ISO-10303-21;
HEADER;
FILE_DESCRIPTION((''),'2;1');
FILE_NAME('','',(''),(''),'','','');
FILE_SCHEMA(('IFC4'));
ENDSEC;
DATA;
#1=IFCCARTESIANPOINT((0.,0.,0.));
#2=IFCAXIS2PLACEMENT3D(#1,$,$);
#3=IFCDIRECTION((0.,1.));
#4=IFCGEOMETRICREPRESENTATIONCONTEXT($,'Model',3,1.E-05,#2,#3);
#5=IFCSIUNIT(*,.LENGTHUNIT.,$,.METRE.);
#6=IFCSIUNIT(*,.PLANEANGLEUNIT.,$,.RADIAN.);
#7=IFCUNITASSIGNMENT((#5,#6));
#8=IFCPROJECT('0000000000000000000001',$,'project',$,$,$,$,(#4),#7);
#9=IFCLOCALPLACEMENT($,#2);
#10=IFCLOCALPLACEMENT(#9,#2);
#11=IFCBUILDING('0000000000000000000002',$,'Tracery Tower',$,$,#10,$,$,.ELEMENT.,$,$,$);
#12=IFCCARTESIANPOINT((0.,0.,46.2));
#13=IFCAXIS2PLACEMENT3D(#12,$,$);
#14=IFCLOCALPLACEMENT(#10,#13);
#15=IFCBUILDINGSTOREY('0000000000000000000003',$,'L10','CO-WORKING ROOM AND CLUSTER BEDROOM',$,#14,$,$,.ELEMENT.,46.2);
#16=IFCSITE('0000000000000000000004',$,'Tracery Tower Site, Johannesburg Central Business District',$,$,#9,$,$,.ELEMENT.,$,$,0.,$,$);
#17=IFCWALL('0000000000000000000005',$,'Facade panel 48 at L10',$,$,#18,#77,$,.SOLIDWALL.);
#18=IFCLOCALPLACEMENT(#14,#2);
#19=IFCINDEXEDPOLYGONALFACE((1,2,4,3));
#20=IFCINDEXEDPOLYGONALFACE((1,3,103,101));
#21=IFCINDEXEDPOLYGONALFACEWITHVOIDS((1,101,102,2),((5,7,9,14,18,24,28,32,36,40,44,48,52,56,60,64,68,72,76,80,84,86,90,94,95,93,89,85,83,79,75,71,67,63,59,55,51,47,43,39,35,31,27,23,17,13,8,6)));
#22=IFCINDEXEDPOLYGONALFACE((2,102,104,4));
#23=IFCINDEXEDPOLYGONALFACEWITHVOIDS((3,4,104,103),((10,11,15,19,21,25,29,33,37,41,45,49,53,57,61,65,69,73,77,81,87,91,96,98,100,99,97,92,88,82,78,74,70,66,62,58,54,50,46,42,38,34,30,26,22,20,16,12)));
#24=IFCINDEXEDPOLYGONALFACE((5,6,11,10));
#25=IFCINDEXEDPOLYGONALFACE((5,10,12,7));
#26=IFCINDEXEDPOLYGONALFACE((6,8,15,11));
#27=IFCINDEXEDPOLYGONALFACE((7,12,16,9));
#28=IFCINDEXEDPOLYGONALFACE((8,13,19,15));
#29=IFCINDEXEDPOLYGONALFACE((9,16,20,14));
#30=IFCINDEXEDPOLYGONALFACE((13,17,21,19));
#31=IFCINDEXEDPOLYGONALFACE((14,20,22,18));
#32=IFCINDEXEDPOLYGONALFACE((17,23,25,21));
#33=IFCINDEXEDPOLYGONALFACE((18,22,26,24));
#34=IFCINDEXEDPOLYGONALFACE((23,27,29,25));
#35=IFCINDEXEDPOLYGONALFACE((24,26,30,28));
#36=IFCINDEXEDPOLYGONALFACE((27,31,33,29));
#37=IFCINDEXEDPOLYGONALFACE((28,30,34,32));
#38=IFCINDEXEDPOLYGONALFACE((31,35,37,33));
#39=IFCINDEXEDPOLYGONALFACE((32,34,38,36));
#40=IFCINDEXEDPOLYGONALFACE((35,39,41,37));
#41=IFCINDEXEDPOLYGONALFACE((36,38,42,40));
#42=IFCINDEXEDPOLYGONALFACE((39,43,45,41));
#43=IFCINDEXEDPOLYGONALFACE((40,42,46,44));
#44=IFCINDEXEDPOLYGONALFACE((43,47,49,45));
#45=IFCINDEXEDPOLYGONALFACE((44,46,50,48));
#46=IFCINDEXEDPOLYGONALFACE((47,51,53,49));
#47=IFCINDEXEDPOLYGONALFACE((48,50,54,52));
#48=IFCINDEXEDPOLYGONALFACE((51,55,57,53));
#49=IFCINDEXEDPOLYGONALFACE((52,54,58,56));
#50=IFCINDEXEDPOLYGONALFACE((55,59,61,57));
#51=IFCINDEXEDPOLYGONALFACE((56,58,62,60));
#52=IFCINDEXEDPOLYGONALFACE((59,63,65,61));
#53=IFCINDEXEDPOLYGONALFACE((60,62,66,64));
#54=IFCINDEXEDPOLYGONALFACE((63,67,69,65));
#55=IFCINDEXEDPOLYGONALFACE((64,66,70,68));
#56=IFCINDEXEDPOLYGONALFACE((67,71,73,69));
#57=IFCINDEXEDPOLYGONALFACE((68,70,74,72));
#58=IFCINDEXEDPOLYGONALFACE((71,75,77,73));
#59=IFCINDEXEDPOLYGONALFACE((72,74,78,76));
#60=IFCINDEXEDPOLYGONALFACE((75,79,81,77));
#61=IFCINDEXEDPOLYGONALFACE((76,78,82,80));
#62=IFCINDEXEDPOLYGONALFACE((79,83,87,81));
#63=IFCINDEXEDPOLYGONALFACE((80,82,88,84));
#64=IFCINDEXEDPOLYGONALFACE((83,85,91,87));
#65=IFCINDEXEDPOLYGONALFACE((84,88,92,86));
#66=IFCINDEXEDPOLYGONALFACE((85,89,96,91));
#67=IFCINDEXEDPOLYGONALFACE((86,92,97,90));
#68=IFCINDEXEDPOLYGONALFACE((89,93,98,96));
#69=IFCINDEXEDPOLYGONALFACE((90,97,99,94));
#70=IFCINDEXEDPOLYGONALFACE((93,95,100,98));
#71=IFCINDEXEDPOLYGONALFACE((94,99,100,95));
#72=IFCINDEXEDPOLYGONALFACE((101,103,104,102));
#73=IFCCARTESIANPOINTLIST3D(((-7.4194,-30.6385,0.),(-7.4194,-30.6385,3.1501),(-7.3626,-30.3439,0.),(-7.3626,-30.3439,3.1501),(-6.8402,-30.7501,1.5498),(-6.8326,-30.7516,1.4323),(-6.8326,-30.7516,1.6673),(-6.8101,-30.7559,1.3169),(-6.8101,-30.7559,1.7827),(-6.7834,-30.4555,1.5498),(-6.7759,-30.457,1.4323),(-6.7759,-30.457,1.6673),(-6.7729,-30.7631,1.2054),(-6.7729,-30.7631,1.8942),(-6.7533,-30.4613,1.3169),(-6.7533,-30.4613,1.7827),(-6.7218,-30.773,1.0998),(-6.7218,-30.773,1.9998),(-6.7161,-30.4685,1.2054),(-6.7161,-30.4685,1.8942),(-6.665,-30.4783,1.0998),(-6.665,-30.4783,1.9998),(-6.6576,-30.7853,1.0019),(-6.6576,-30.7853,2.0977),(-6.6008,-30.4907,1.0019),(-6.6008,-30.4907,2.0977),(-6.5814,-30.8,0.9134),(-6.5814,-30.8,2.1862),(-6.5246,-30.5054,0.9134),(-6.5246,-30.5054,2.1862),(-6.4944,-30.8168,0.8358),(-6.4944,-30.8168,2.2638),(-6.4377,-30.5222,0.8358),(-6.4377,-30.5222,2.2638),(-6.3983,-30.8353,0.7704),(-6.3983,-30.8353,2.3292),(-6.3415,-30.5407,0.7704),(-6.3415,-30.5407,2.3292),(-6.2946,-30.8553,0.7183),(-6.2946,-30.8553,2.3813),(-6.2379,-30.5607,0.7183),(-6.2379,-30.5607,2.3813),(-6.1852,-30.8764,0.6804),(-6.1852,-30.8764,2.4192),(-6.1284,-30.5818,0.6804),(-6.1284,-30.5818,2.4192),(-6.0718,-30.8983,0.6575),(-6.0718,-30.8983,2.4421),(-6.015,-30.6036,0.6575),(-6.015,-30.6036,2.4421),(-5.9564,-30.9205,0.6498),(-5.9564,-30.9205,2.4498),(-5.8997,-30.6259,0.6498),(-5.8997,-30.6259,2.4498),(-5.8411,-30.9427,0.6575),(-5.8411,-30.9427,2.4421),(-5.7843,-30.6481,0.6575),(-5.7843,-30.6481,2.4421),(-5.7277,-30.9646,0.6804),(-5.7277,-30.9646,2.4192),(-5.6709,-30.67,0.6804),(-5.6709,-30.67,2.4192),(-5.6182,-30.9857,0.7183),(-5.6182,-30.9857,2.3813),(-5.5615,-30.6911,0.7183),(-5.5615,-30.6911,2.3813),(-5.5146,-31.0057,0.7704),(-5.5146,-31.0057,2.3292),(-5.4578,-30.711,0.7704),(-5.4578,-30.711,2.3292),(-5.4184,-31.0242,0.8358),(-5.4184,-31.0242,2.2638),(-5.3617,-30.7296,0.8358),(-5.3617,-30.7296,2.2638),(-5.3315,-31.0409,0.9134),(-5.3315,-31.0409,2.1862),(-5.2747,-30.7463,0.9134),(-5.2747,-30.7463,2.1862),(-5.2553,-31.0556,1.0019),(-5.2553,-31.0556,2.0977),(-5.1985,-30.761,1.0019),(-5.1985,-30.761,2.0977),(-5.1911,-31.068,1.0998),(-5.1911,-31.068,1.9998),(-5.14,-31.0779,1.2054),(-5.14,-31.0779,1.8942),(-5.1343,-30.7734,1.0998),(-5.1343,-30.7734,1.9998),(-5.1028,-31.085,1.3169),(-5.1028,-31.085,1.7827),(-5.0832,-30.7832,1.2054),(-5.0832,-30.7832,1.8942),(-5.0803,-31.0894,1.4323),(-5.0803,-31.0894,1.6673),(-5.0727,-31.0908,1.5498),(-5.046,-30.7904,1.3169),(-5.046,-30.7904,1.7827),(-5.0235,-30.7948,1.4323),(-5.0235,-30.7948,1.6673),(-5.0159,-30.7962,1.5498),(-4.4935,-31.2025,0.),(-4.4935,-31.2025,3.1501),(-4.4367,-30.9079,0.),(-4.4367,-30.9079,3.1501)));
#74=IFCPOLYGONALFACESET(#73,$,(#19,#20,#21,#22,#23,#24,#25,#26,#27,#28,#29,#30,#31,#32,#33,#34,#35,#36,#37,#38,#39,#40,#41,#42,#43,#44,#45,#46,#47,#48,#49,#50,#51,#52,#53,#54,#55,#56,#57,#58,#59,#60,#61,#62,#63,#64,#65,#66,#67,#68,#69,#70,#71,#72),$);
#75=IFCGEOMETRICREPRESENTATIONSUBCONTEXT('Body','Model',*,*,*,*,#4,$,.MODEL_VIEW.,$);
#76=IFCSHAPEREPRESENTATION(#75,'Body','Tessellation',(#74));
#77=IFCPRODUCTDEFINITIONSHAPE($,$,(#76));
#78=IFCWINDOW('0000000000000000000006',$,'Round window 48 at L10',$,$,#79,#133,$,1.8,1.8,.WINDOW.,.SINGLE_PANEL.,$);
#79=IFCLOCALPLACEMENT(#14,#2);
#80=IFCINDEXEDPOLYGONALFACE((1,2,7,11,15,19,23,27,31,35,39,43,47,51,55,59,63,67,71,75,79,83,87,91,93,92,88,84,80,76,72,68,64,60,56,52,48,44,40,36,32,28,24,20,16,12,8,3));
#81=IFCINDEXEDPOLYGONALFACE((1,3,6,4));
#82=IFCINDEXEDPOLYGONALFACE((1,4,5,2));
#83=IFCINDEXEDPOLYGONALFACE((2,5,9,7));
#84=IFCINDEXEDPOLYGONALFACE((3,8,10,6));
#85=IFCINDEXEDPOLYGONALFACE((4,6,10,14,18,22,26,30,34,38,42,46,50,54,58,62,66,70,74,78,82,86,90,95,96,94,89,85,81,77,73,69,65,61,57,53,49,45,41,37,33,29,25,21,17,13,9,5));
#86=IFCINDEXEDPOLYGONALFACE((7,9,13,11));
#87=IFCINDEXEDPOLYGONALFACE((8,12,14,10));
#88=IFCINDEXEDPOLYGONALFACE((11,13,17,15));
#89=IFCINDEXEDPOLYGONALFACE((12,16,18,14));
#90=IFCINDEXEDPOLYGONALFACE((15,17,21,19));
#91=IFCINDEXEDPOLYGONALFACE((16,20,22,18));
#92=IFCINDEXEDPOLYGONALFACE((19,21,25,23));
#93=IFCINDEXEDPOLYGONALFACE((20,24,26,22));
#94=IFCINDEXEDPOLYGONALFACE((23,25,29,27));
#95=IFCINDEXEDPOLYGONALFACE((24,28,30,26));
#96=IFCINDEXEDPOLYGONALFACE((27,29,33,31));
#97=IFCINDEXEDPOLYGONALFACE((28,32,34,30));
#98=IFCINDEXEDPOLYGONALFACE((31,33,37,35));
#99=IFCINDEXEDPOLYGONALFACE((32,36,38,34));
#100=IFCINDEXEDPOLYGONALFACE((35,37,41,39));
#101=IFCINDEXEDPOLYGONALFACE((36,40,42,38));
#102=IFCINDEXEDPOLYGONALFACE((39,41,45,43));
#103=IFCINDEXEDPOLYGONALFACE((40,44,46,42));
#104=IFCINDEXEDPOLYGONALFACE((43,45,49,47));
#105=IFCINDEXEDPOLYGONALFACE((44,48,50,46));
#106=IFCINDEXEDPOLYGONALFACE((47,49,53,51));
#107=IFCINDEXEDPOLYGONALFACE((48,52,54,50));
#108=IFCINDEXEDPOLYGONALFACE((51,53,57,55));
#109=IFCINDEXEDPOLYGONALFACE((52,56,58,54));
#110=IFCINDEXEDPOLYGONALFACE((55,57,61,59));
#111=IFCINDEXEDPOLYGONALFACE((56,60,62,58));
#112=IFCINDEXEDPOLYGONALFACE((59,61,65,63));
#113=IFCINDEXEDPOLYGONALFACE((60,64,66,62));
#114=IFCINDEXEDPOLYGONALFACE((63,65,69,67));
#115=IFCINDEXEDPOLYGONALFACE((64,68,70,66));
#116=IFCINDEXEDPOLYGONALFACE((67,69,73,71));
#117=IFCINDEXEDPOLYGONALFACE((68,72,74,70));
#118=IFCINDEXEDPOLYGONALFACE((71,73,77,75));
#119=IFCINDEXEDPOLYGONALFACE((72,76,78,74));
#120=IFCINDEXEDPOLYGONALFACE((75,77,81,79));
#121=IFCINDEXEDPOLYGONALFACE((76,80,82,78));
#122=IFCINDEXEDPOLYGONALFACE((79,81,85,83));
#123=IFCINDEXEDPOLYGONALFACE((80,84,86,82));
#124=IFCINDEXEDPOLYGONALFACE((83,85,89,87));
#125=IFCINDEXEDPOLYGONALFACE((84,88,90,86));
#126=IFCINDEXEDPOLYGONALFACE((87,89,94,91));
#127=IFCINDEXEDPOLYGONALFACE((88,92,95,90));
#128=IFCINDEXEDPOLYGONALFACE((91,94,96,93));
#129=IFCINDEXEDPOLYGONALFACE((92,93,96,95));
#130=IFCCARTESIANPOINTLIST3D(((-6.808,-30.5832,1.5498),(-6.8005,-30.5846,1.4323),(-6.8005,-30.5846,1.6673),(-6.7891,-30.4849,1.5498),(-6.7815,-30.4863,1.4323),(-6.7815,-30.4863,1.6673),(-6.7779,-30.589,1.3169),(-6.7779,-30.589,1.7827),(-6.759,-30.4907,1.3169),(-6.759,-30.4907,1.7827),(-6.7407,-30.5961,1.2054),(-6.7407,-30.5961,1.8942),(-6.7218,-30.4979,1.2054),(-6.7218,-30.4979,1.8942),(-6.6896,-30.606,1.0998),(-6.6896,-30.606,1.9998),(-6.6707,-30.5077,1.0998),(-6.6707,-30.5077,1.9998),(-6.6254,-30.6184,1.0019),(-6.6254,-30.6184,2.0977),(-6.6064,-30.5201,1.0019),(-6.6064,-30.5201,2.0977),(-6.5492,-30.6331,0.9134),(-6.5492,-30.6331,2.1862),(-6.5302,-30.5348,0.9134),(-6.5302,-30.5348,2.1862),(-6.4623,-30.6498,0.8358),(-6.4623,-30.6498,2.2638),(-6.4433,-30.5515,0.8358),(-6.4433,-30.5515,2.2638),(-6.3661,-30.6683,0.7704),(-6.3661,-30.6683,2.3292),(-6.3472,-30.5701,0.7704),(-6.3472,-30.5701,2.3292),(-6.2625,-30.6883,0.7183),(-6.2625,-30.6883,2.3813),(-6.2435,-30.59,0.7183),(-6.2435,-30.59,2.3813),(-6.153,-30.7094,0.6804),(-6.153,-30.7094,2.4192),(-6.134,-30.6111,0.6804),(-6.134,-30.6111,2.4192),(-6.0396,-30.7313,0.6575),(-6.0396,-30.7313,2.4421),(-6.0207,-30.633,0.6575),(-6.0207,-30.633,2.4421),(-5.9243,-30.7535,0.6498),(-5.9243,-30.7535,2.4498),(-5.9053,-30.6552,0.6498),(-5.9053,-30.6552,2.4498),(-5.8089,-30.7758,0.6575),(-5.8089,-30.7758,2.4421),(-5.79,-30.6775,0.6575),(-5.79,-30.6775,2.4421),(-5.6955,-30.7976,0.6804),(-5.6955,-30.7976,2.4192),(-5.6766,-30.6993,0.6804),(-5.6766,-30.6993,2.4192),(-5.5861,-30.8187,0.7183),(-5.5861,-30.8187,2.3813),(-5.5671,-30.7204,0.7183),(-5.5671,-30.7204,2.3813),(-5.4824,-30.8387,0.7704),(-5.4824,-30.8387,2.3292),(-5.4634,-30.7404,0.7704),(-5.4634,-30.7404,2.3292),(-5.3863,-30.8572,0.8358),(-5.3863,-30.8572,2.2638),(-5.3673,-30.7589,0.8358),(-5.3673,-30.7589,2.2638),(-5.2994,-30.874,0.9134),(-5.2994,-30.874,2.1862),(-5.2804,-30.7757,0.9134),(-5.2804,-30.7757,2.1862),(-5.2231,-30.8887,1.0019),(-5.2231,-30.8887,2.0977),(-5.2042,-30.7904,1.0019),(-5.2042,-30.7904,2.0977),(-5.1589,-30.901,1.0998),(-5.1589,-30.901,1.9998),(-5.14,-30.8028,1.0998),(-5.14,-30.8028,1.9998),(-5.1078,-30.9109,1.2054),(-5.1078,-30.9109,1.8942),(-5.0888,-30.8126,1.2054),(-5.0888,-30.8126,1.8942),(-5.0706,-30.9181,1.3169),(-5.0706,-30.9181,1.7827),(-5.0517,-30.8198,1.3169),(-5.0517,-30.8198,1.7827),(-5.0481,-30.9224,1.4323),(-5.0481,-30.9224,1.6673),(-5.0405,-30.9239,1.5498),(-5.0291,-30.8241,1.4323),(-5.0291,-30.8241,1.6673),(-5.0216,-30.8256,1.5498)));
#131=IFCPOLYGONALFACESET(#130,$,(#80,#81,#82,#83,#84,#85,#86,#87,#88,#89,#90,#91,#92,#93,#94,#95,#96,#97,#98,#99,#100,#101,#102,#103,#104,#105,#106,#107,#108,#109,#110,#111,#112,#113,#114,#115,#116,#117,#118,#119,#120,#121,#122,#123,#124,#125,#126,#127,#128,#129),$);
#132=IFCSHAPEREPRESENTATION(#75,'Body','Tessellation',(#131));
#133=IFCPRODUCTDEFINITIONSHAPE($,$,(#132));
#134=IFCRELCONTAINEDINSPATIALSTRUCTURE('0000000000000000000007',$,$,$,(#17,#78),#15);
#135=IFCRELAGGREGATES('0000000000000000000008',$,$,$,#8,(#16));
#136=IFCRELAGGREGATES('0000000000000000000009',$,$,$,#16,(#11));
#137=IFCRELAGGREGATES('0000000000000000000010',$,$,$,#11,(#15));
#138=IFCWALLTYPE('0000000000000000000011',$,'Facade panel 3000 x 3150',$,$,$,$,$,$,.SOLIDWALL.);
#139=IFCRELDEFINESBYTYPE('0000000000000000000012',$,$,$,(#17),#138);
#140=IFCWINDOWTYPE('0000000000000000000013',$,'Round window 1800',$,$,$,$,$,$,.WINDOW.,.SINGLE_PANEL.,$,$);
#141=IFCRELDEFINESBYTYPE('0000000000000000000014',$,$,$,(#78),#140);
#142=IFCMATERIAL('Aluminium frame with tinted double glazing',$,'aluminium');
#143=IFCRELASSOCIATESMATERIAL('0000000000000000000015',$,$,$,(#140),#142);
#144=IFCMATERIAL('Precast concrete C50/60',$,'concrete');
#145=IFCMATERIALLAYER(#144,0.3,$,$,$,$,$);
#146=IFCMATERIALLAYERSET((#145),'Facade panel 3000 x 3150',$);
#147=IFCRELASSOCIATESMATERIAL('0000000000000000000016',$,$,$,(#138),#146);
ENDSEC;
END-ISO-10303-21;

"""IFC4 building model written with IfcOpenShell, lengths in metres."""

from ifc_helpers import new_model, si_unit, direction, frame, frame_2d, origin, origin_2d, place, context, subcontext, project, spatial, rectangle, circle, extrude, material, layer, layer_set, type_object, element, fill, save


model = new_model("IFC4")

# Units and contexts
model_context = context("Model", 3, precision=1e-05, world=origin(), true_north=direction((0.0, 1.0)))
body_context = subcontext(model_context, "Body", "Model", "MODEL_VIEW")
ifc_project = project(units=[si_unit("LENGTHUNIT", "METRE"), si_unit("PLANEANGLEUNIT", "RADIAN")], contexts=[model_context])

# Site, building, storey
site_placement = place(None, origin())
site = spatial("IfcSite", under=ifc_project, at=site_placement, Name="Tracery Tower Site, Johannesburg Central Business District", CompositionType="ELEMENT", RefElevation=0.0)
building_placement = place(site_placement, origin())
building = spatial("IfcBuilding", under=site, at=building_placement, Name="Tracery Tower", CompositionType="ELEMENT")
storey_placement = place(building_placement, frame((0.0, 0.0, 46.2)))
storey = spatial("IfcBuildingStorey", under=building, at=storey_placement, Name="L10", Description="CO-WORKING ROOM AND CLUSTER BEDROOM", CompositionType="ELEMENT", Elevation=46.2)

# Wall, opening, window
ifc_material_1 = material(Name="Aluminium frame with tinted double glazing", Category="aluminium")
window_type = type_object("IfcWindowType", Name="Round window 1800", PartitioningType="SINGLE_PANEL", PredefinedType="WINDOW", material=ifc_material_1)
ifc_material_2 = material(Name="Precast concrete C50/60", Category="concrete")
ifc_layer_1 = layer(ifc_material_2, 0.3)
ifc_layer_set_1 = layer_set([ifc_layer_1], Name="Facade panel 3000 x 3150")
wall_type_1 = type_object("IfcWallType", Name="Facade panel 3000 x 3150", PredefinedType="SOLIDWALL", material=ifc_layer_set_1)
wall_1_placement = place(storey_placement, frame((-7.3909, -30.4912, 0.0), z_axis=(0.0, 0.0, 1.0), x_axis=(0.981925, -0.189273, 0.0)))
wall_1 = element("IfcWall", 1, at=wall_1_placement, inside=storey, type_object=wall_type_1, Name="Facade panel 48 at L10", PredefinedType="SOLIDWALL", context=body_context, shape_type="SweptSolid", body=[
    extrude(rectangle(XDim=2.9797, YDim=0.3, at=frame_2d((1.4897, 0.0))), origin(), (0.0, 0.0, 1.0), 3.1501),
])
opening_1_placement = place(wall_1_placement, frame((1.4897, 0.0, 1.5498)))
opening_1 = element("IfcOpeningElement", 2, at=opening_1_placement, cuts=wall_1, PredefinedType="OPENING", context=body_context, shape_type="SweptSolid", body=[
    extrude(circle(Radius=0.9, at=origin_2d()), frame((0.0, 0.1599, 0.0), z_axis=(0.0, -1.0, 0.0), x_axis=(1.0, 0.0, 0.0)), (0.0, 0.0, 1.0), 0.3201),
])
window_1_placement = place(opening_1_placement, origin())
window_1 = element("IfcWindow", 3, at=window_1_placement, inside=storey, type_object=window_type, Name="Round window 48 at L10", OverallHeight=1.8, OverallWidth=1.8, PartitioningType="SINGLE_PANEL", PredefinedType="WINDOW", context=body_context, shape_type="SweptSolid", body=[
    extrude(circle(Radius=0.9, at=origin_2d()), frame((0.0, 0.1201, 0.0), z_axis=(0.0, -1.0, 0.0), x_axis=(1.0, 0.0, 0.0)), (0.0, 0.0, 1.0), 0.1001),
])
fill(opening_1, window_1)

save(model, "model.ifc")
